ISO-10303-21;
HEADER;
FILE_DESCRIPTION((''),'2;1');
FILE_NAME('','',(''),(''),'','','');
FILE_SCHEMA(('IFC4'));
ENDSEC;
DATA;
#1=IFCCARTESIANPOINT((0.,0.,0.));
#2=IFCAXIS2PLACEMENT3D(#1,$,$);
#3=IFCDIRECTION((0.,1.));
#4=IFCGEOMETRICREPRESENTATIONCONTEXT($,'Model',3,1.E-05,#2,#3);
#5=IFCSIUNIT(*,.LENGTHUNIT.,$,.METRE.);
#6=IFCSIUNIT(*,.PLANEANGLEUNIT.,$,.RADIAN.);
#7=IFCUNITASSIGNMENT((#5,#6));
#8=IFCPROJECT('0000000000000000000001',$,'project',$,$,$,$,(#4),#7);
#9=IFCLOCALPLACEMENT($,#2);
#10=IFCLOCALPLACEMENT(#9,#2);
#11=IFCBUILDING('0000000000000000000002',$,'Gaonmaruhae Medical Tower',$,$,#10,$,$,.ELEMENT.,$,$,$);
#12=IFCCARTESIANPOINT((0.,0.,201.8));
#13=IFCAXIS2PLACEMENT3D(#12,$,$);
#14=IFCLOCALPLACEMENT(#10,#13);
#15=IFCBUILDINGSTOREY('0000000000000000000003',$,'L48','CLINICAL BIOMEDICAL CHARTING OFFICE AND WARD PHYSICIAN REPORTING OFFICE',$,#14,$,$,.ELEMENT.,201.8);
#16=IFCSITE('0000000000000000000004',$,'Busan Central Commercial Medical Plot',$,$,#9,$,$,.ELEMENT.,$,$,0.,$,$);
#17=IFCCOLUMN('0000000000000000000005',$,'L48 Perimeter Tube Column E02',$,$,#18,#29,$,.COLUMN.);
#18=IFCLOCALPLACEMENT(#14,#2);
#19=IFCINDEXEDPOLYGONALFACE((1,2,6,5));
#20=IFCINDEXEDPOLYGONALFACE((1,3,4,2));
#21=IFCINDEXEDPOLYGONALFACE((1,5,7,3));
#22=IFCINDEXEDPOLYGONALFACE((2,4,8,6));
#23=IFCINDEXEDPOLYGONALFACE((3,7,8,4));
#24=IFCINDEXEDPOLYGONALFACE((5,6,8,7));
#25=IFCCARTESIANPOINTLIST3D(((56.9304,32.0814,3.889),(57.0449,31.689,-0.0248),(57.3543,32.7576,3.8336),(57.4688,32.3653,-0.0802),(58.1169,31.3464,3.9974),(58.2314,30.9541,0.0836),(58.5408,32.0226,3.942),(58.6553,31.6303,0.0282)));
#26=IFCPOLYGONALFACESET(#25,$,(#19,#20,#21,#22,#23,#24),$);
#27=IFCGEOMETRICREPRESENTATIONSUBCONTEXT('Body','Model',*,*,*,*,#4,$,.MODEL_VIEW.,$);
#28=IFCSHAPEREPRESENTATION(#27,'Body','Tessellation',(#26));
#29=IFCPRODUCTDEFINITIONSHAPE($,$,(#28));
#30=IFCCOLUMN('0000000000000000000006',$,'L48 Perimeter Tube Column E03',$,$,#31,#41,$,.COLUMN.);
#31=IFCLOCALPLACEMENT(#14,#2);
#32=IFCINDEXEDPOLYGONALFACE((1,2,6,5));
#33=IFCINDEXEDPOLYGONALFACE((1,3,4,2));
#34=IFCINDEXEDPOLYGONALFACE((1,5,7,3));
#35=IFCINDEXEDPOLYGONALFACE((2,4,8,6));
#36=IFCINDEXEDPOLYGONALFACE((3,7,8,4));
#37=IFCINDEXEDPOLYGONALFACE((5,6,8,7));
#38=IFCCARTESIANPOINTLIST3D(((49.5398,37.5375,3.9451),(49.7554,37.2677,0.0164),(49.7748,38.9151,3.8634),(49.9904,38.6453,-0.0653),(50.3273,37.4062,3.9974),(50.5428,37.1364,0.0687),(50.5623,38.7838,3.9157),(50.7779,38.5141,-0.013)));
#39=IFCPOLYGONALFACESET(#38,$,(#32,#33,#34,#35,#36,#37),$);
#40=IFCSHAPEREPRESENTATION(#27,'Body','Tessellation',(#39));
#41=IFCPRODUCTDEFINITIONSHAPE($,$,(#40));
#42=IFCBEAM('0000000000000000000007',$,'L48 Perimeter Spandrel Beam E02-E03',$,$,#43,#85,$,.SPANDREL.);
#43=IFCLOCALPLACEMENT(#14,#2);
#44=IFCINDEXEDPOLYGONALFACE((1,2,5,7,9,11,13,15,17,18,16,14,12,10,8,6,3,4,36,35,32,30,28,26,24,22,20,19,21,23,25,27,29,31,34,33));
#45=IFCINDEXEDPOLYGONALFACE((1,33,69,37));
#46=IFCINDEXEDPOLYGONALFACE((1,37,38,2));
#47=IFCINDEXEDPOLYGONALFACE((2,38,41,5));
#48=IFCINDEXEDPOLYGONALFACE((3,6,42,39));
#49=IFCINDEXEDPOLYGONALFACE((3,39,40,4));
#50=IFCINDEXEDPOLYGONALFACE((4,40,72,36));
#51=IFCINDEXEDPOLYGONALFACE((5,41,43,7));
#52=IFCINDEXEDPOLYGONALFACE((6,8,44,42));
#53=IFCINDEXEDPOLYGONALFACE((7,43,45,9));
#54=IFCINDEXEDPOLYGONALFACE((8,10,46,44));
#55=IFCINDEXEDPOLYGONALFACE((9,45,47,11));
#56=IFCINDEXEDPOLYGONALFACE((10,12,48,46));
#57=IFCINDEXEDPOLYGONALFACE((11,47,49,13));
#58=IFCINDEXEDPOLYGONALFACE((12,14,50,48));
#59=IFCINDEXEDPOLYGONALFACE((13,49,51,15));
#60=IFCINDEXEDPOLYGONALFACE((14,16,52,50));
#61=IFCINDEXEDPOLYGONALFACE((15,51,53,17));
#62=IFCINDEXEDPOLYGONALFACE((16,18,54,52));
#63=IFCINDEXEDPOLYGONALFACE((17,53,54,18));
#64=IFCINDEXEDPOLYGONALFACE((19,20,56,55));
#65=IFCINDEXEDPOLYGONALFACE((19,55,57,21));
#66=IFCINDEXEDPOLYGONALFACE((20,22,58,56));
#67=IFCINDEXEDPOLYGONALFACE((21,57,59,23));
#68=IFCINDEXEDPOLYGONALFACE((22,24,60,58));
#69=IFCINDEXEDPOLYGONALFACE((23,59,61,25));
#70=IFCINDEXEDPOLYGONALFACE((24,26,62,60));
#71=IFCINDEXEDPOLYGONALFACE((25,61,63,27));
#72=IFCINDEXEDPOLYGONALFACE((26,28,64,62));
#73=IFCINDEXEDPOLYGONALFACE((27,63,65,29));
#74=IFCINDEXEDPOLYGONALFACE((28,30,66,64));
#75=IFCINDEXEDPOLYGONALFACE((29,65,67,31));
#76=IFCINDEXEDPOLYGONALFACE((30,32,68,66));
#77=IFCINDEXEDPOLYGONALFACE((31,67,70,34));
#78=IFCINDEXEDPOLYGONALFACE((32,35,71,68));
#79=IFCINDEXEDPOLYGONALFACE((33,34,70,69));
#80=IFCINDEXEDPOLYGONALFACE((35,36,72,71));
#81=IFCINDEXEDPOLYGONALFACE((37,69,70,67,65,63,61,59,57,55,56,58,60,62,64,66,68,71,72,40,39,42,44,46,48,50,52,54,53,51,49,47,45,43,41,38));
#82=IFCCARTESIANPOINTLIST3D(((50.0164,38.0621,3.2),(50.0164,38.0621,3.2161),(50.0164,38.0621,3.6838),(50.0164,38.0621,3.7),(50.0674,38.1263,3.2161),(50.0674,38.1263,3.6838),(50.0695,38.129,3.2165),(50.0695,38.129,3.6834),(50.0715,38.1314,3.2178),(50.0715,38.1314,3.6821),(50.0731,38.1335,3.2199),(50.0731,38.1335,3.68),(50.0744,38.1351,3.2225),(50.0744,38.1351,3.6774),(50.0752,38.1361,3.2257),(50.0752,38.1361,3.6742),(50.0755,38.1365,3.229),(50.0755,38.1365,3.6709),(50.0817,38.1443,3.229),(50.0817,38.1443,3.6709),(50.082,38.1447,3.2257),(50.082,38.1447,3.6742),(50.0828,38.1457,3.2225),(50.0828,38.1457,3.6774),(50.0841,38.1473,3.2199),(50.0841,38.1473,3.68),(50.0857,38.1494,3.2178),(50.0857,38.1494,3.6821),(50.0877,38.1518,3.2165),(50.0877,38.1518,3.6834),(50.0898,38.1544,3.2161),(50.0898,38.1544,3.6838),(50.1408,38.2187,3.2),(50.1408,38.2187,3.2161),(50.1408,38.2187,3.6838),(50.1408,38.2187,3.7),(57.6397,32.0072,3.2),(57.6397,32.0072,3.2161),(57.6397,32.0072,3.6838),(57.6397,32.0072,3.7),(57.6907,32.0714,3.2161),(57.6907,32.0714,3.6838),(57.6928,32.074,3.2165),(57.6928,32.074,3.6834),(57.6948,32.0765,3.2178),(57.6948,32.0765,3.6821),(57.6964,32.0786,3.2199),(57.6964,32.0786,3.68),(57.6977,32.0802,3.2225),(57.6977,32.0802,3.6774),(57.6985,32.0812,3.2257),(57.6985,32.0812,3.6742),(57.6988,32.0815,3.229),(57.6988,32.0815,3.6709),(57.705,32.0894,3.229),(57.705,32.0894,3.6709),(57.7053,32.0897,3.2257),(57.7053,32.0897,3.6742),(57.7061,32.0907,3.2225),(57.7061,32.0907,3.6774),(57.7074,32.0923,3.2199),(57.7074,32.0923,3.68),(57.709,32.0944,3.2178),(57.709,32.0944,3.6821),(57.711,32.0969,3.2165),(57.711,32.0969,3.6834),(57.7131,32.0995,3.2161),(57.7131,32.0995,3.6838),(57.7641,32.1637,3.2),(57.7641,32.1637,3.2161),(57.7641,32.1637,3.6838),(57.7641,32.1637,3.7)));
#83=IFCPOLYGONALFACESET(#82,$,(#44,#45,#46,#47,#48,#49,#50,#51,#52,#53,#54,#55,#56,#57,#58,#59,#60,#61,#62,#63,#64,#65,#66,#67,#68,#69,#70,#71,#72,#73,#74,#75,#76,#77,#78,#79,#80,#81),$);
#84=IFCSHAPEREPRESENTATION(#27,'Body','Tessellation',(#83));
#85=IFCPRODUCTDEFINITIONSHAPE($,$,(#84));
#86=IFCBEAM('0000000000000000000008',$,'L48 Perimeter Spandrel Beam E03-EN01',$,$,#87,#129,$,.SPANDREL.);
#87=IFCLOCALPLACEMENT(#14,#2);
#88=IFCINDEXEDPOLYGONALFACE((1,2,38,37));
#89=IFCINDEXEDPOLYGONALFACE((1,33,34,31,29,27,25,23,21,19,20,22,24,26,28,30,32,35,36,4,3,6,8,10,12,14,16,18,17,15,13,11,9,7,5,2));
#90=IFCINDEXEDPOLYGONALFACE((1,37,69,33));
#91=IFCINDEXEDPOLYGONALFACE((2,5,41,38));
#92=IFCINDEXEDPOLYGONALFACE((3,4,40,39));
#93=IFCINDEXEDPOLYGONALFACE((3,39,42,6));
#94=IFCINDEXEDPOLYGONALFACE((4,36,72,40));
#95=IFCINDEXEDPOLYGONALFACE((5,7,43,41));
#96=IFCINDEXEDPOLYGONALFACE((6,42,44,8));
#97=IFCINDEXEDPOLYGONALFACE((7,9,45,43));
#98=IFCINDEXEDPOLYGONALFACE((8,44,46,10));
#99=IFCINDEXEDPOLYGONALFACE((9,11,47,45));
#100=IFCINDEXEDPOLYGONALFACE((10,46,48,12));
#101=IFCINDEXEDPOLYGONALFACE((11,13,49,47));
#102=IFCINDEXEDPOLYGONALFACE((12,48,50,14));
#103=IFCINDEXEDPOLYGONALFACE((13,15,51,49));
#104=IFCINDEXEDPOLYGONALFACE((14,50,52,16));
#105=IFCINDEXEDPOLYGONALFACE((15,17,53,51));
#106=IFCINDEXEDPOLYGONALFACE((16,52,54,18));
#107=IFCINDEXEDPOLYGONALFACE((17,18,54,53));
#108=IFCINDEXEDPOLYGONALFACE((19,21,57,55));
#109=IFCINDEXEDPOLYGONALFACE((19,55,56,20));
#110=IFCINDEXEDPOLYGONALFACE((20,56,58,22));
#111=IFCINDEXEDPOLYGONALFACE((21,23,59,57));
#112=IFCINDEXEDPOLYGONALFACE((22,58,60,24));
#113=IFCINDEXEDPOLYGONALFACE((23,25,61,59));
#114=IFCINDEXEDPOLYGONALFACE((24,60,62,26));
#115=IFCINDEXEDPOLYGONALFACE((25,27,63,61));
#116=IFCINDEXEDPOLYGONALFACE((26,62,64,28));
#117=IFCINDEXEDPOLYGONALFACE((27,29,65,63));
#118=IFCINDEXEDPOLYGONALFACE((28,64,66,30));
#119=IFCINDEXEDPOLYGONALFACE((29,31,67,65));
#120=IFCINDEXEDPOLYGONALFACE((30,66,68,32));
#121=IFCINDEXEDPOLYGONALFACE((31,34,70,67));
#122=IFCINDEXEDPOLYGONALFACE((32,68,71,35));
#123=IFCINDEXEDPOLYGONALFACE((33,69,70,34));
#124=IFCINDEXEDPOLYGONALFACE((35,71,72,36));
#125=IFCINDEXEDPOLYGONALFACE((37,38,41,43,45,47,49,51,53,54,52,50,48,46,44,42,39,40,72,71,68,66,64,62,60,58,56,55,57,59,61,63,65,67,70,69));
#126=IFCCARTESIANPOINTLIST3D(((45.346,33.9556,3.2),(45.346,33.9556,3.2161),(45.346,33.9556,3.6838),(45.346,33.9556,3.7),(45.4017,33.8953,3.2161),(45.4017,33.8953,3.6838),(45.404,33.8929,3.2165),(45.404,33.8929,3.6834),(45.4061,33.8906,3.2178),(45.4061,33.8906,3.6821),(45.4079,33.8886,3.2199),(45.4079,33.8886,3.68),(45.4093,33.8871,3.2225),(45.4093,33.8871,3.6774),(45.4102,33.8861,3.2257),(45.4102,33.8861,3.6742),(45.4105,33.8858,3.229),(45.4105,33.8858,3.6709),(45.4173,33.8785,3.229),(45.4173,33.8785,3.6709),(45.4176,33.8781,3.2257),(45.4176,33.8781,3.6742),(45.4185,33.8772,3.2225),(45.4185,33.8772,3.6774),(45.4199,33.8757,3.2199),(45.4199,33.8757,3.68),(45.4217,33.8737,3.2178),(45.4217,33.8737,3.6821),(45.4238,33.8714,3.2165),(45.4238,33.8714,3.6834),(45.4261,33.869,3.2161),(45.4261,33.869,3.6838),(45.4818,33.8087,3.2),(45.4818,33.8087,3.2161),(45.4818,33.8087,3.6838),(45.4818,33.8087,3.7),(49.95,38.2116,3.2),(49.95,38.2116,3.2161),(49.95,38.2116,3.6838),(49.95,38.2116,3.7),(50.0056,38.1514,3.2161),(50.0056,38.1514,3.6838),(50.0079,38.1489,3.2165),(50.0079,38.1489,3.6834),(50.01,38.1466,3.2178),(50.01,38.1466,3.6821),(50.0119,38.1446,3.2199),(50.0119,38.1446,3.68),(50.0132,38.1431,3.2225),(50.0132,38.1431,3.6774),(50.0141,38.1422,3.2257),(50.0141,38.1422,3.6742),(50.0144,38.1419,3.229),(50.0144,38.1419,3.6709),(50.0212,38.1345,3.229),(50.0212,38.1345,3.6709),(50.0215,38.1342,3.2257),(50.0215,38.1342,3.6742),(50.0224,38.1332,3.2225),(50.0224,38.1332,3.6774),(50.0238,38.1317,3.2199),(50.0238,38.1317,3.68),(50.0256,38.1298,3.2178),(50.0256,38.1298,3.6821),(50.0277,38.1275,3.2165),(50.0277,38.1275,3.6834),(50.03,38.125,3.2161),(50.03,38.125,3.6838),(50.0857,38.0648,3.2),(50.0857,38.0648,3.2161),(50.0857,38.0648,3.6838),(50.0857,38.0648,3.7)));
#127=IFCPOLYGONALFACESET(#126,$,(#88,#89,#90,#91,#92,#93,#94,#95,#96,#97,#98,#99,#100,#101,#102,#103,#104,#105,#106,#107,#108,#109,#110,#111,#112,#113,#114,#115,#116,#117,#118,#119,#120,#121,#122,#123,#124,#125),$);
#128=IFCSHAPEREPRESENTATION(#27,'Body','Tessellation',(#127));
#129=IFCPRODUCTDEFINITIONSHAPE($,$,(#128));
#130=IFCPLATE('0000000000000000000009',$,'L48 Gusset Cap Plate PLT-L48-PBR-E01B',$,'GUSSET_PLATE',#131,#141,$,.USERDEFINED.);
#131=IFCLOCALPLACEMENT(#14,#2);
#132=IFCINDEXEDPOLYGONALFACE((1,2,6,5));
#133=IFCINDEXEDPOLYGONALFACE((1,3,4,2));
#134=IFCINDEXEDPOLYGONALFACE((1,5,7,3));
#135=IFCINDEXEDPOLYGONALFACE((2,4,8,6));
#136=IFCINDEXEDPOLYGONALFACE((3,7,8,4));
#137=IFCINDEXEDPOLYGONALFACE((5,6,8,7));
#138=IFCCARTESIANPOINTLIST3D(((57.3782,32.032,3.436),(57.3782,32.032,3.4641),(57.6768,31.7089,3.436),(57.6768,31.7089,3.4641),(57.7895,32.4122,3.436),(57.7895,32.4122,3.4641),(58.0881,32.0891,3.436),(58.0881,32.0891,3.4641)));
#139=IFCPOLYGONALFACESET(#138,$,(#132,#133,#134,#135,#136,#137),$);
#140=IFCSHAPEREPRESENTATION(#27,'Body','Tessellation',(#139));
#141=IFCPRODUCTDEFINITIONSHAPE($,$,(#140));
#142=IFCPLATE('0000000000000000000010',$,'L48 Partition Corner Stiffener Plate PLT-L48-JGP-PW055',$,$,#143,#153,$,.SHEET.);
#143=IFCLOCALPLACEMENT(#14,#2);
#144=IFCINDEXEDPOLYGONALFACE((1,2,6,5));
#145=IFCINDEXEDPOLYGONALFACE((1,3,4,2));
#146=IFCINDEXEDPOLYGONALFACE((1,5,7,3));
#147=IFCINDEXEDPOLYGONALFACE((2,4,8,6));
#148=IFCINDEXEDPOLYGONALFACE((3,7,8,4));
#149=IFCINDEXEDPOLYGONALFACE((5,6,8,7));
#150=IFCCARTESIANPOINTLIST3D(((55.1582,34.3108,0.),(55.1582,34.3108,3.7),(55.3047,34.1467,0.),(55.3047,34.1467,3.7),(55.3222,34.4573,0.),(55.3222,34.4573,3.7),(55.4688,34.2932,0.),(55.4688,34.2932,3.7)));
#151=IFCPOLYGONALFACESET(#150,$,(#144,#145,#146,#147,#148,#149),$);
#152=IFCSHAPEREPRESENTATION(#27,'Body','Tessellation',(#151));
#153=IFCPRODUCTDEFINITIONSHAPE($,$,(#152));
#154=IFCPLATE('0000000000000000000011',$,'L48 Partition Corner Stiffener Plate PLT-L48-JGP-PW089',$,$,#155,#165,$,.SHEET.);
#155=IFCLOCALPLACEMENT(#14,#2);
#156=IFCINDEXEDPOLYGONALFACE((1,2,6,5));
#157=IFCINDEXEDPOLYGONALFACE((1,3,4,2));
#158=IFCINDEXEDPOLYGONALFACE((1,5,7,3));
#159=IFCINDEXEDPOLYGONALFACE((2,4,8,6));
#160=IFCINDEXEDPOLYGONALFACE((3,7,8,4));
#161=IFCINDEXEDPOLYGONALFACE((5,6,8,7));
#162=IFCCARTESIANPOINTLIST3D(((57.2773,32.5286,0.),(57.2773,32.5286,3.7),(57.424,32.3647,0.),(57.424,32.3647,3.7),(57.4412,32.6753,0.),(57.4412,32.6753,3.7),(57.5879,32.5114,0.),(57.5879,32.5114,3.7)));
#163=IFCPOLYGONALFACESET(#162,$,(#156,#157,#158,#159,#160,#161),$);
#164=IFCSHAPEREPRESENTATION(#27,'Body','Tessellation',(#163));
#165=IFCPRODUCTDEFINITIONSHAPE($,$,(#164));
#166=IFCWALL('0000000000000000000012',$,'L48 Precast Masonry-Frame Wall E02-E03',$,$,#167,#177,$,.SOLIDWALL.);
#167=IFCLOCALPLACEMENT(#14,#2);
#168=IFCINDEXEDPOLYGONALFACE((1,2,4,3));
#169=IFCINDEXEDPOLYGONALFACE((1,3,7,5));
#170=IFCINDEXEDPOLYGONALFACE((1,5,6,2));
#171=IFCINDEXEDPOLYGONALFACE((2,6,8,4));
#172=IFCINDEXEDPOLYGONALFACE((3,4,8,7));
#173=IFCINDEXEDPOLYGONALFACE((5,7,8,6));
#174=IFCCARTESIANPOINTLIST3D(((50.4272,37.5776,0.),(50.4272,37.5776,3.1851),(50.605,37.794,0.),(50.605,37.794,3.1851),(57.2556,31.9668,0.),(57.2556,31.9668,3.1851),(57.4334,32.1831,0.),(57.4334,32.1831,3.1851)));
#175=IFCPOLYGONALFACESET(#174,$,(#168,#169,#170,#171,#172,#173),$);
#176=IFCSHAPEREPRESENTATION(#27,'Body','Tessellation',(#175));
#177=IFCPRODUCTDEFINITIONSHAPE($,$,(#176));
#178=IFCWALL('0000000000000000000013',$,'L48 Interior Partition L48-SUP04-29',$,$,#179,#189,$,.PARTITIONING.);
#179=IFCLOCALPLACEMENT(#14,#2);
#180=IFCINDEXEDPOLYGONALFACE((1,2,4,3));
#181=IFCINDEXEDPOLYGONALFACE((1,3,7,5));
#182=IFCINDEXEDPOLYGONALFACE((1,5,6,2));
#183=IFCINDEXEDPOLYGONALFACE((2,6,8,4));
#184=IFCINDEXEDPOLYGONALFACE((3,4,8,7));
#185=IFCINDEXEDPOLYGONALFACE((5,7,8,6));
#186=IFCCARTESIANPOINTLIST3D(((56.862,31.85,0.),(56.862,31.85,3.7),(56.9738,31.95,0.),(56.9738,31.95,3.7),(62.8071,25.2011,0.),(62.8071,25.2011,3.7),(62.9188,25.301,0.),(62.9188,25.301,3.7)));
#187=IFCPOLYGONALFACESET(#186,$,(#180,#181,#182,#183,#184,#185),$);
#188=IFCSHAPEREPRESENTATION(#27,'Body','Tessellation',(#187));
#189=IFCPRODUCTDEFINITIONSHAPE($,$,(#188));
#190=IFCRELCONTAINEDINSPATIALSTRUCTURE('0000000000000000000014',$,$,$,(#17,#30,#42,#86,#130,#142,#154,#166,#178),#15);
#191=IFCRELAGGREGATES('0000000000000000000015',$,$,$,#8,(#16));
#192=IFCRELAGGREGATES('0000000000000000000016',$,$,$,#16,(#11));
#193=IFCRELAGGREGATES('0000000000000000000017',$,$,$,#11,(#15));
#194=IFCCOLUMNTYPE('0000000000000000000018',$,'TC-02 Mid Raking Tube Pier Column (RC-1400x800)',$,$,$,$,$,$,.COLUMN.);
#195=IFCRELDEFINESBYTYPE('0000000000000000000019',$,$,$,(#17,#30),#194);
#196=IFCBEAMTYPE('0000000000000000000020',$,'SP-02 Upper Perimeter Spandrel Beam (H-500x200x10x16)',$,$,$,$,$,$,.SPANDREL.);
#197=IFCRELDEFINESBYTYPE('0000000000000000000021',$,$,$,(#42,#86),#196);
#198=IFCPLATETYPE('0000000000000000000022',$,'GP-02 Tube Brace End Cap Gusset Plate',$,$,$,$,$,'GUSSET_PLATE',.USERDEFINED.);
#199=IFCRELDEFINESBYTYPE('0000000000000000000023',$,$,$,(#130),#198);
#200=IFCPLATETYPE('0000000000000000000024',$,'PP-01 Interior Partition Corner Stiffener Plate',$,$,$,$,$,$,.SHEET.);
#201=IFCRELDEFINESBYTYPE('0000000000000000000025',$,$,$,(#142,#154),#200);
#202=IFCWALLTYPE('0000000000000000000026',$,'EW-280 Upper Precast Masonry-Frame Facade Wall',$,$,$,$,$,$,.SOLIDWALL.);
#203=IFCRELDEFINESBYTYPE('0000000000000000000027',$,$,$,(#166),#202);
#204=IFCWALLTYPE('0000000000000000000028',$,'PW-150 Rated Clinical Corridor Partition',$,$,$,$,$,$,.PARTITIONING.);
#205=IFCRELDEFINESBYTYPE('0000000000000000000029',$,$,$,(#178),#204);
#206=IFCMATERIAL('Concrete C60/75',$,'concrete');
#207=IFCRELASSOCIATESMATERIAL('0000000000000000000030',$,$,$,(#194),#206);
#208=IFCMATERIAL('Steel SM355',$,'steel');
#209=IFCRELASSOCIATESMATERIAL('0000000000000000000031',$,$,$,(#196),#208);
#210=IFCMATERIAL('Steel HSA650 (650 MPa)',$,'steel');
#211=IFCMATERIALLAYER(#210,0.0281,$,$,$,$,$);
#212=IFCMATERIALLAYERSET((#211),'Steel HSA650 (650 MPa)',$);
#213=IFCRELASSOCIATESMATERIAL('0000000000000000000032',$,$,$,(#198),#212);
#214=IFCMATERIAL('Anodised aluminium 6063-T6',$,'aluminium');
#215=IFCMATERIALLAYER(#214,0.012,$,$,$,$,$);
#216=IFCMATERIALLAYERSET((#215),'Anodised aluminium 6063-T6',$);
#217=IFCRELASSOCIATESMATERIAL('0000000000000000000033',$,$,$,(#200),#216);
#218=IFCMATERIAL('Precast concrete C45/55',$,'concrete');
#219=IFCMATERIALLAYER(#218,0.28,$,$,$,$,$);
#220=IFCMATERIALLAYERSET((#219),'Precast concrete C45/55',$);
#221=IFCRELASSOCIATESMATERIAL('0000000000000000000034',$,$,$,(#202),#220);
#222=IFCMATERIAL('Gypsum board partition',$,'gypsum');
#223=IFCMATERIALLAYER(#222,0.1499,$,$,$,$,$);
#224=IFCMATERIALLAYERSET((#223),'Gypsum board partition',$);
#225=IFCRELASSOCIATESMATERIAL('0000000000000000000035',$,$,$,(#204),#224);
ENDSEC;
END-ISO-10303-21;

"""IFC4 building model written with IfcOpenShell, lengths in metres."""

from ifc_helpers import new_model, si_unit, direction, frame, frame_2d, origin, origin_2d, place, context, subcontext, project, spatial, rectangle, i_section, extrude, material, layer, layer_set, material_profile, profile_set, type_object, element, save


model = new_model("IFC4")

# Units and contexts
model_context = context("Model", 3, precision=1e-05, world=origin(), true_north=direction((0.0, 1.0)))
body_context = subcontext(model_context, "Body", "Model", "MODEL_VIEW")
ifc_project = project(units=[si_unit("LENGTHUNIT", "METRE"), si_unit("PLANEANGLEUNIT", "RADIAN")], contexts=[model_context])

# Site, building, storey
site_placement = place(None, origin())
site = spatial("IfcSite", under=ifc_project, at=site_placement, Name="Busan Central Commercial Medical Plot", CompositionType="ELEMENT", RefElevation=0.0)
building_placement = place(site_placement, origin())
building = spatial("IfcBuilding", under=site, at=building_placement, Name="Gaonmaruhae Medical Tower", CompositionType="ELEMENT")
storey_placement = place(building_placement, frame((0.0, 0.0, 201.8)))
storey = spatial("IfcBuildingStorey", under=building, at=storey_placement, Name="L48", Description="CLINICAL BIOMEDICAL CHARTING OFFICE AND WARD PHYSICIAN REPORTING OFFICE", CompositionType="ELEMENT", Elevation=201.8)

# Columns
ifc_material_1 = material(Name="Concrete C60/75", Category="concrete")
ifc_material_profile_1 = material_profile(ifc_material_1, rectangle(XDim=1.3999, YDim=0.8, at=origin_2d()), Name="RC-1400x800")
ifc_profile_set_1 = profile_set([ifc_material_profile_1], Name="Concrete C60/75")
column_type = type_object("IfcColumnType", Name="TC-02 Mid Raking Tube Pier Column (RC-1400x800)", PredefinedType="COLUMN", material=ifc_profile_set_1)
column_1_placement = place(storey_placement, frame((57.8501, 31.6597, 0.0017), z_axis=(-0.029098, 0.099701, 0.994592), x_axis=(0.847563, -0.525016, 0.077425)))
element("IfcColumn", 1, at=column_1_placement, inside=storey, type_object=column_type, Name="L48 Perimeter Tube Column E02", PredefinedType="COLUMN", context=body_context, shape_type="SweptSolid", body=[
    extrude(rectangle(XDim=1.3999, YDim=0.8, at=origin_2d()), origin(), (0.0, 0.0, 1.0), 3.9351),
])
column_2_placement = place(storey_placement, frame((50.2666, 37.8909, 0.0017), z_axis=(-0.054661, 0.068404, 0.996159), x_axis=(-0.167882, -0.984078, 0.058362)))
element("IfcColumn", 2, at=column_2_placement, inside=storey, type_object=column_type, Name="L48 Perimeter Tube Column E03", PredefinedType="COLUMN", context=body_context, shape_type="SweptSolid", body=[
    extrude(rectangle(XDim=1.3999, YDim=0.8, at=origin_2d()), origin(), (0.0, 0.0, 1.0), 3.9438),
])

# Beams
ifc_material_2 = material(Name="Steel SM355", Category="steel")
ifc_material_profile_2 = material_profile(ifc_material_2, i_section(OverallWidth=0.2, OverallDepth=0.5, WebThickness=0.01, FlangeThickness=0.0161, FilletRadius=0.0129, at=origin_2d()), Name="H-500x200x10x16")
ifc_profile_set_2 = profile_set([ifc_material_profile_2], Name="Steel SM355")
beam_type = type_object("IfcBeamType", Name="SP-02 Upper Perimeter Spandrel Beam (H-500x200x10x16)", PredefinedType="SPANDREL", material=ifc_profile_set_2)
beam_1_placement = place(storey_placement, frame((57.7019, 32.0854, 3.45), z_axis=(-0.783054, 0.621954, 0.0), x_axis=(-0.621954, -0.783054, 0.0)))
element("IfcBeam", 3, at=beam_1_placement, inside=storey, type_object=beam_type, Name="L48 Perimeter Spandrel Beam E02-E03", PredefinedType="SPANDREL", context=body_context, shape_type="SweptSolid", body=[
    extrude(i_section(OverallWidth=0.2, OverallDepth=0.5, WebThickness=0.01, FlangeThickness=0.0161, FilletRadius=0.0129, at=origin_2d()), origin(), (0.0, 0.0, 1.0), 9.7354),
])
beam_2_placement = place(storey_placement, frame((50.0178, 38.1382, 3.45), z_axis=(-0.734306, -0.678818, 0.0), x_axis=(0.678818, -0.734306, 0.0)))
element("IfcBeam", 4, at=beam_2_placement, inside=storey, type_object=beam_type, Name="L48 Perimeter Spandrel Beam E03-EN01", PredefinedType="SPANDREL", context=body_context, shape_type="SweptSolid", body=[
    extrude(i_section(OverallWidth=0.2, OverallDepth=0.5, WebThickness=0.01, FlangeThickness=0.0161, FilletRadius=0.0129, at=origin_2d()), origin(), (0.0, 0.0, 1.0), 6.2698),
])

# Plates
ifc_material_3 = material(Name="Steel HSA650 (650 MPa)", Category="steel")
ifc_layer_1 = layer(ifc_material_3, 0.0281)
ifc_layer_set_1 = layer_set([ifc_layer_1], Name="Steel HSA650 (650 MPa)")
plate_type_1 = type_object("IfcPlateType", Name="GP-02 Tube Brace End Cap Gusset Plate", ElementType="GUSSET_PLATE", PredefinedType="USERDEFINED", material=ifc_layer_set_1)
plate_placement = place(storey_placement, frame((57.7332, 32.0605, 3.436), z_axis=(0.0, 0.0, 1.0), x_axis=(0.734323, 0.678801, 0.0)))
element("IfcPlate", 5, at=plate_placement, inside=storey, type_object=plate_type_1, Name="L48 Gusset Cap Plate PLT-L48-PBR-E01B", ObjectType="GUSSET_PLATE", PredefinedType="USERDEFINED", context=body_context, shape_type="SweptSolid", body=[
    extrude(rectangle(XDim=0.5601, YDim=0.4399, at=origin_2d()), origin(), (0.0, 0.0, 1.0), 0.0281),
])
ifc_material_4 = material(Name="Anodised aluminium 6063-T6", Category="aluminium")
ifc_layer_2 = layer(ifc_material_4, 0.012)
ifc_layer_set_2 = layer_set([ifc_layer_2], Name="Anodised aluminium 6063-T6")
plate_type_2 = type_object("IfcPlateType", Name="PP-01 Interior Partition Corner Stiffener Plate", PredefinedType="SHEET", material=ifc_layer_set_2)
for number, where, z_axis, x_axis, name in (
    (6, (55.3135, 34.302, 0.0), (0.0, 0.0, 1.0), (-0.74586, -0.666103, 0.0), "L48 Partition Corner Stiffener Plate PLT-L48-JGP-PW055"),
    (7, (57.4326, 32.52, 0.0), (0.0, 0.0, 1.0), (0.745104, 0.666949, 0.0), "L48 Partition Corner Stiffener Plate PLT-L48-JGP-PW089"),
):
    element("IfcPlate", number, at=place(storey_placement, frame(where, z_axis=z_axis, x_axis=x_axis)), inside=storey, type_object=plate_type_2, Name=name, PredefinedType="SHEET", context=body_context, shape_type="SweptSolid", body=[
        extrude(rectangle(XDim=0.22, YDim=0.22, at=origin_2d()), origin(), (0.0, 0.0, 1.0), 3.7),
    ])

# Walls
ifc_material_5 = material(Name="Precast concrete C45/55", Category="concrete")
ifc_layer_3 = layer(ifc_material_5, 0.28)
ifc_layer_set_3 = layer_set([ifc_layer_3], Name="Precast concrete C45/55")
wall_type_1 = type_object("IfcWallType", Name="EW-280 Upper Precast Masonry-Frame Facade Wall", PredefinedType="SOLIDWALL", material=ifc_layer_set_3)
wall_1_placement = place(storey_placement, frame((50.5161, 37.6858, 0.0), z_axis=(0.0, 0.0, 1.0), x_axis=(0.772625, -0.634863, 0.0)))
element("IfcWall", 8, at=wall_1_placement, inside=storey, type_object=wall_type_1, Name="L48 Precast Masonry-Frame Wall E02-E03", PredefinedType="SOLIDWALL", context=body_context, shape_type="SweptSolid", body=[
    extrude(rectangle(XDim=8.8379, YDim=0.28, at=frame_2d((4.4189, 0.0))), origin(), (0.0, 0.0, 1.0), 3.1851),
])
ifc_material_6 = material(Name="Gypsum board partition", Category="gypsum")
ifc_layer_4 = layer(ifc_material_6, 0.1499)
ifc_layer_set_4 = layer_set([ifc_layer_4], Name="Gypsum board partition")
wall_type_2 = type_object("IfcWallType", Name="PW-150 Rated Clinical Corridor Partition", PredefinedType="PARTITIONING", material=ifc_layer_set_4)
wall_2_placement = place(storey_placement, frame((56.918, 31.8999, 0.0), z_axis=(0.0, 0.0, 1.0), x_axis=(0.666548, -0.745462, 0.0)))
element("IfcWall", 9, at=wall_2_placement, inside=storey, type_object=wall_type_2, Name="L48 Interior Partition L48-SUP04-29", PredefinedType="PARTITIONING", context=body_context, shape_type="SweptSolid", body=[
    extrude(rectangle(XDim=8.9192, YDim=0.1499, at=frame_2d((4.4595, 0.0))), origin(), (0.0, 0.0, 1.0), 3.7),
])

save(model, "model.ifc")
